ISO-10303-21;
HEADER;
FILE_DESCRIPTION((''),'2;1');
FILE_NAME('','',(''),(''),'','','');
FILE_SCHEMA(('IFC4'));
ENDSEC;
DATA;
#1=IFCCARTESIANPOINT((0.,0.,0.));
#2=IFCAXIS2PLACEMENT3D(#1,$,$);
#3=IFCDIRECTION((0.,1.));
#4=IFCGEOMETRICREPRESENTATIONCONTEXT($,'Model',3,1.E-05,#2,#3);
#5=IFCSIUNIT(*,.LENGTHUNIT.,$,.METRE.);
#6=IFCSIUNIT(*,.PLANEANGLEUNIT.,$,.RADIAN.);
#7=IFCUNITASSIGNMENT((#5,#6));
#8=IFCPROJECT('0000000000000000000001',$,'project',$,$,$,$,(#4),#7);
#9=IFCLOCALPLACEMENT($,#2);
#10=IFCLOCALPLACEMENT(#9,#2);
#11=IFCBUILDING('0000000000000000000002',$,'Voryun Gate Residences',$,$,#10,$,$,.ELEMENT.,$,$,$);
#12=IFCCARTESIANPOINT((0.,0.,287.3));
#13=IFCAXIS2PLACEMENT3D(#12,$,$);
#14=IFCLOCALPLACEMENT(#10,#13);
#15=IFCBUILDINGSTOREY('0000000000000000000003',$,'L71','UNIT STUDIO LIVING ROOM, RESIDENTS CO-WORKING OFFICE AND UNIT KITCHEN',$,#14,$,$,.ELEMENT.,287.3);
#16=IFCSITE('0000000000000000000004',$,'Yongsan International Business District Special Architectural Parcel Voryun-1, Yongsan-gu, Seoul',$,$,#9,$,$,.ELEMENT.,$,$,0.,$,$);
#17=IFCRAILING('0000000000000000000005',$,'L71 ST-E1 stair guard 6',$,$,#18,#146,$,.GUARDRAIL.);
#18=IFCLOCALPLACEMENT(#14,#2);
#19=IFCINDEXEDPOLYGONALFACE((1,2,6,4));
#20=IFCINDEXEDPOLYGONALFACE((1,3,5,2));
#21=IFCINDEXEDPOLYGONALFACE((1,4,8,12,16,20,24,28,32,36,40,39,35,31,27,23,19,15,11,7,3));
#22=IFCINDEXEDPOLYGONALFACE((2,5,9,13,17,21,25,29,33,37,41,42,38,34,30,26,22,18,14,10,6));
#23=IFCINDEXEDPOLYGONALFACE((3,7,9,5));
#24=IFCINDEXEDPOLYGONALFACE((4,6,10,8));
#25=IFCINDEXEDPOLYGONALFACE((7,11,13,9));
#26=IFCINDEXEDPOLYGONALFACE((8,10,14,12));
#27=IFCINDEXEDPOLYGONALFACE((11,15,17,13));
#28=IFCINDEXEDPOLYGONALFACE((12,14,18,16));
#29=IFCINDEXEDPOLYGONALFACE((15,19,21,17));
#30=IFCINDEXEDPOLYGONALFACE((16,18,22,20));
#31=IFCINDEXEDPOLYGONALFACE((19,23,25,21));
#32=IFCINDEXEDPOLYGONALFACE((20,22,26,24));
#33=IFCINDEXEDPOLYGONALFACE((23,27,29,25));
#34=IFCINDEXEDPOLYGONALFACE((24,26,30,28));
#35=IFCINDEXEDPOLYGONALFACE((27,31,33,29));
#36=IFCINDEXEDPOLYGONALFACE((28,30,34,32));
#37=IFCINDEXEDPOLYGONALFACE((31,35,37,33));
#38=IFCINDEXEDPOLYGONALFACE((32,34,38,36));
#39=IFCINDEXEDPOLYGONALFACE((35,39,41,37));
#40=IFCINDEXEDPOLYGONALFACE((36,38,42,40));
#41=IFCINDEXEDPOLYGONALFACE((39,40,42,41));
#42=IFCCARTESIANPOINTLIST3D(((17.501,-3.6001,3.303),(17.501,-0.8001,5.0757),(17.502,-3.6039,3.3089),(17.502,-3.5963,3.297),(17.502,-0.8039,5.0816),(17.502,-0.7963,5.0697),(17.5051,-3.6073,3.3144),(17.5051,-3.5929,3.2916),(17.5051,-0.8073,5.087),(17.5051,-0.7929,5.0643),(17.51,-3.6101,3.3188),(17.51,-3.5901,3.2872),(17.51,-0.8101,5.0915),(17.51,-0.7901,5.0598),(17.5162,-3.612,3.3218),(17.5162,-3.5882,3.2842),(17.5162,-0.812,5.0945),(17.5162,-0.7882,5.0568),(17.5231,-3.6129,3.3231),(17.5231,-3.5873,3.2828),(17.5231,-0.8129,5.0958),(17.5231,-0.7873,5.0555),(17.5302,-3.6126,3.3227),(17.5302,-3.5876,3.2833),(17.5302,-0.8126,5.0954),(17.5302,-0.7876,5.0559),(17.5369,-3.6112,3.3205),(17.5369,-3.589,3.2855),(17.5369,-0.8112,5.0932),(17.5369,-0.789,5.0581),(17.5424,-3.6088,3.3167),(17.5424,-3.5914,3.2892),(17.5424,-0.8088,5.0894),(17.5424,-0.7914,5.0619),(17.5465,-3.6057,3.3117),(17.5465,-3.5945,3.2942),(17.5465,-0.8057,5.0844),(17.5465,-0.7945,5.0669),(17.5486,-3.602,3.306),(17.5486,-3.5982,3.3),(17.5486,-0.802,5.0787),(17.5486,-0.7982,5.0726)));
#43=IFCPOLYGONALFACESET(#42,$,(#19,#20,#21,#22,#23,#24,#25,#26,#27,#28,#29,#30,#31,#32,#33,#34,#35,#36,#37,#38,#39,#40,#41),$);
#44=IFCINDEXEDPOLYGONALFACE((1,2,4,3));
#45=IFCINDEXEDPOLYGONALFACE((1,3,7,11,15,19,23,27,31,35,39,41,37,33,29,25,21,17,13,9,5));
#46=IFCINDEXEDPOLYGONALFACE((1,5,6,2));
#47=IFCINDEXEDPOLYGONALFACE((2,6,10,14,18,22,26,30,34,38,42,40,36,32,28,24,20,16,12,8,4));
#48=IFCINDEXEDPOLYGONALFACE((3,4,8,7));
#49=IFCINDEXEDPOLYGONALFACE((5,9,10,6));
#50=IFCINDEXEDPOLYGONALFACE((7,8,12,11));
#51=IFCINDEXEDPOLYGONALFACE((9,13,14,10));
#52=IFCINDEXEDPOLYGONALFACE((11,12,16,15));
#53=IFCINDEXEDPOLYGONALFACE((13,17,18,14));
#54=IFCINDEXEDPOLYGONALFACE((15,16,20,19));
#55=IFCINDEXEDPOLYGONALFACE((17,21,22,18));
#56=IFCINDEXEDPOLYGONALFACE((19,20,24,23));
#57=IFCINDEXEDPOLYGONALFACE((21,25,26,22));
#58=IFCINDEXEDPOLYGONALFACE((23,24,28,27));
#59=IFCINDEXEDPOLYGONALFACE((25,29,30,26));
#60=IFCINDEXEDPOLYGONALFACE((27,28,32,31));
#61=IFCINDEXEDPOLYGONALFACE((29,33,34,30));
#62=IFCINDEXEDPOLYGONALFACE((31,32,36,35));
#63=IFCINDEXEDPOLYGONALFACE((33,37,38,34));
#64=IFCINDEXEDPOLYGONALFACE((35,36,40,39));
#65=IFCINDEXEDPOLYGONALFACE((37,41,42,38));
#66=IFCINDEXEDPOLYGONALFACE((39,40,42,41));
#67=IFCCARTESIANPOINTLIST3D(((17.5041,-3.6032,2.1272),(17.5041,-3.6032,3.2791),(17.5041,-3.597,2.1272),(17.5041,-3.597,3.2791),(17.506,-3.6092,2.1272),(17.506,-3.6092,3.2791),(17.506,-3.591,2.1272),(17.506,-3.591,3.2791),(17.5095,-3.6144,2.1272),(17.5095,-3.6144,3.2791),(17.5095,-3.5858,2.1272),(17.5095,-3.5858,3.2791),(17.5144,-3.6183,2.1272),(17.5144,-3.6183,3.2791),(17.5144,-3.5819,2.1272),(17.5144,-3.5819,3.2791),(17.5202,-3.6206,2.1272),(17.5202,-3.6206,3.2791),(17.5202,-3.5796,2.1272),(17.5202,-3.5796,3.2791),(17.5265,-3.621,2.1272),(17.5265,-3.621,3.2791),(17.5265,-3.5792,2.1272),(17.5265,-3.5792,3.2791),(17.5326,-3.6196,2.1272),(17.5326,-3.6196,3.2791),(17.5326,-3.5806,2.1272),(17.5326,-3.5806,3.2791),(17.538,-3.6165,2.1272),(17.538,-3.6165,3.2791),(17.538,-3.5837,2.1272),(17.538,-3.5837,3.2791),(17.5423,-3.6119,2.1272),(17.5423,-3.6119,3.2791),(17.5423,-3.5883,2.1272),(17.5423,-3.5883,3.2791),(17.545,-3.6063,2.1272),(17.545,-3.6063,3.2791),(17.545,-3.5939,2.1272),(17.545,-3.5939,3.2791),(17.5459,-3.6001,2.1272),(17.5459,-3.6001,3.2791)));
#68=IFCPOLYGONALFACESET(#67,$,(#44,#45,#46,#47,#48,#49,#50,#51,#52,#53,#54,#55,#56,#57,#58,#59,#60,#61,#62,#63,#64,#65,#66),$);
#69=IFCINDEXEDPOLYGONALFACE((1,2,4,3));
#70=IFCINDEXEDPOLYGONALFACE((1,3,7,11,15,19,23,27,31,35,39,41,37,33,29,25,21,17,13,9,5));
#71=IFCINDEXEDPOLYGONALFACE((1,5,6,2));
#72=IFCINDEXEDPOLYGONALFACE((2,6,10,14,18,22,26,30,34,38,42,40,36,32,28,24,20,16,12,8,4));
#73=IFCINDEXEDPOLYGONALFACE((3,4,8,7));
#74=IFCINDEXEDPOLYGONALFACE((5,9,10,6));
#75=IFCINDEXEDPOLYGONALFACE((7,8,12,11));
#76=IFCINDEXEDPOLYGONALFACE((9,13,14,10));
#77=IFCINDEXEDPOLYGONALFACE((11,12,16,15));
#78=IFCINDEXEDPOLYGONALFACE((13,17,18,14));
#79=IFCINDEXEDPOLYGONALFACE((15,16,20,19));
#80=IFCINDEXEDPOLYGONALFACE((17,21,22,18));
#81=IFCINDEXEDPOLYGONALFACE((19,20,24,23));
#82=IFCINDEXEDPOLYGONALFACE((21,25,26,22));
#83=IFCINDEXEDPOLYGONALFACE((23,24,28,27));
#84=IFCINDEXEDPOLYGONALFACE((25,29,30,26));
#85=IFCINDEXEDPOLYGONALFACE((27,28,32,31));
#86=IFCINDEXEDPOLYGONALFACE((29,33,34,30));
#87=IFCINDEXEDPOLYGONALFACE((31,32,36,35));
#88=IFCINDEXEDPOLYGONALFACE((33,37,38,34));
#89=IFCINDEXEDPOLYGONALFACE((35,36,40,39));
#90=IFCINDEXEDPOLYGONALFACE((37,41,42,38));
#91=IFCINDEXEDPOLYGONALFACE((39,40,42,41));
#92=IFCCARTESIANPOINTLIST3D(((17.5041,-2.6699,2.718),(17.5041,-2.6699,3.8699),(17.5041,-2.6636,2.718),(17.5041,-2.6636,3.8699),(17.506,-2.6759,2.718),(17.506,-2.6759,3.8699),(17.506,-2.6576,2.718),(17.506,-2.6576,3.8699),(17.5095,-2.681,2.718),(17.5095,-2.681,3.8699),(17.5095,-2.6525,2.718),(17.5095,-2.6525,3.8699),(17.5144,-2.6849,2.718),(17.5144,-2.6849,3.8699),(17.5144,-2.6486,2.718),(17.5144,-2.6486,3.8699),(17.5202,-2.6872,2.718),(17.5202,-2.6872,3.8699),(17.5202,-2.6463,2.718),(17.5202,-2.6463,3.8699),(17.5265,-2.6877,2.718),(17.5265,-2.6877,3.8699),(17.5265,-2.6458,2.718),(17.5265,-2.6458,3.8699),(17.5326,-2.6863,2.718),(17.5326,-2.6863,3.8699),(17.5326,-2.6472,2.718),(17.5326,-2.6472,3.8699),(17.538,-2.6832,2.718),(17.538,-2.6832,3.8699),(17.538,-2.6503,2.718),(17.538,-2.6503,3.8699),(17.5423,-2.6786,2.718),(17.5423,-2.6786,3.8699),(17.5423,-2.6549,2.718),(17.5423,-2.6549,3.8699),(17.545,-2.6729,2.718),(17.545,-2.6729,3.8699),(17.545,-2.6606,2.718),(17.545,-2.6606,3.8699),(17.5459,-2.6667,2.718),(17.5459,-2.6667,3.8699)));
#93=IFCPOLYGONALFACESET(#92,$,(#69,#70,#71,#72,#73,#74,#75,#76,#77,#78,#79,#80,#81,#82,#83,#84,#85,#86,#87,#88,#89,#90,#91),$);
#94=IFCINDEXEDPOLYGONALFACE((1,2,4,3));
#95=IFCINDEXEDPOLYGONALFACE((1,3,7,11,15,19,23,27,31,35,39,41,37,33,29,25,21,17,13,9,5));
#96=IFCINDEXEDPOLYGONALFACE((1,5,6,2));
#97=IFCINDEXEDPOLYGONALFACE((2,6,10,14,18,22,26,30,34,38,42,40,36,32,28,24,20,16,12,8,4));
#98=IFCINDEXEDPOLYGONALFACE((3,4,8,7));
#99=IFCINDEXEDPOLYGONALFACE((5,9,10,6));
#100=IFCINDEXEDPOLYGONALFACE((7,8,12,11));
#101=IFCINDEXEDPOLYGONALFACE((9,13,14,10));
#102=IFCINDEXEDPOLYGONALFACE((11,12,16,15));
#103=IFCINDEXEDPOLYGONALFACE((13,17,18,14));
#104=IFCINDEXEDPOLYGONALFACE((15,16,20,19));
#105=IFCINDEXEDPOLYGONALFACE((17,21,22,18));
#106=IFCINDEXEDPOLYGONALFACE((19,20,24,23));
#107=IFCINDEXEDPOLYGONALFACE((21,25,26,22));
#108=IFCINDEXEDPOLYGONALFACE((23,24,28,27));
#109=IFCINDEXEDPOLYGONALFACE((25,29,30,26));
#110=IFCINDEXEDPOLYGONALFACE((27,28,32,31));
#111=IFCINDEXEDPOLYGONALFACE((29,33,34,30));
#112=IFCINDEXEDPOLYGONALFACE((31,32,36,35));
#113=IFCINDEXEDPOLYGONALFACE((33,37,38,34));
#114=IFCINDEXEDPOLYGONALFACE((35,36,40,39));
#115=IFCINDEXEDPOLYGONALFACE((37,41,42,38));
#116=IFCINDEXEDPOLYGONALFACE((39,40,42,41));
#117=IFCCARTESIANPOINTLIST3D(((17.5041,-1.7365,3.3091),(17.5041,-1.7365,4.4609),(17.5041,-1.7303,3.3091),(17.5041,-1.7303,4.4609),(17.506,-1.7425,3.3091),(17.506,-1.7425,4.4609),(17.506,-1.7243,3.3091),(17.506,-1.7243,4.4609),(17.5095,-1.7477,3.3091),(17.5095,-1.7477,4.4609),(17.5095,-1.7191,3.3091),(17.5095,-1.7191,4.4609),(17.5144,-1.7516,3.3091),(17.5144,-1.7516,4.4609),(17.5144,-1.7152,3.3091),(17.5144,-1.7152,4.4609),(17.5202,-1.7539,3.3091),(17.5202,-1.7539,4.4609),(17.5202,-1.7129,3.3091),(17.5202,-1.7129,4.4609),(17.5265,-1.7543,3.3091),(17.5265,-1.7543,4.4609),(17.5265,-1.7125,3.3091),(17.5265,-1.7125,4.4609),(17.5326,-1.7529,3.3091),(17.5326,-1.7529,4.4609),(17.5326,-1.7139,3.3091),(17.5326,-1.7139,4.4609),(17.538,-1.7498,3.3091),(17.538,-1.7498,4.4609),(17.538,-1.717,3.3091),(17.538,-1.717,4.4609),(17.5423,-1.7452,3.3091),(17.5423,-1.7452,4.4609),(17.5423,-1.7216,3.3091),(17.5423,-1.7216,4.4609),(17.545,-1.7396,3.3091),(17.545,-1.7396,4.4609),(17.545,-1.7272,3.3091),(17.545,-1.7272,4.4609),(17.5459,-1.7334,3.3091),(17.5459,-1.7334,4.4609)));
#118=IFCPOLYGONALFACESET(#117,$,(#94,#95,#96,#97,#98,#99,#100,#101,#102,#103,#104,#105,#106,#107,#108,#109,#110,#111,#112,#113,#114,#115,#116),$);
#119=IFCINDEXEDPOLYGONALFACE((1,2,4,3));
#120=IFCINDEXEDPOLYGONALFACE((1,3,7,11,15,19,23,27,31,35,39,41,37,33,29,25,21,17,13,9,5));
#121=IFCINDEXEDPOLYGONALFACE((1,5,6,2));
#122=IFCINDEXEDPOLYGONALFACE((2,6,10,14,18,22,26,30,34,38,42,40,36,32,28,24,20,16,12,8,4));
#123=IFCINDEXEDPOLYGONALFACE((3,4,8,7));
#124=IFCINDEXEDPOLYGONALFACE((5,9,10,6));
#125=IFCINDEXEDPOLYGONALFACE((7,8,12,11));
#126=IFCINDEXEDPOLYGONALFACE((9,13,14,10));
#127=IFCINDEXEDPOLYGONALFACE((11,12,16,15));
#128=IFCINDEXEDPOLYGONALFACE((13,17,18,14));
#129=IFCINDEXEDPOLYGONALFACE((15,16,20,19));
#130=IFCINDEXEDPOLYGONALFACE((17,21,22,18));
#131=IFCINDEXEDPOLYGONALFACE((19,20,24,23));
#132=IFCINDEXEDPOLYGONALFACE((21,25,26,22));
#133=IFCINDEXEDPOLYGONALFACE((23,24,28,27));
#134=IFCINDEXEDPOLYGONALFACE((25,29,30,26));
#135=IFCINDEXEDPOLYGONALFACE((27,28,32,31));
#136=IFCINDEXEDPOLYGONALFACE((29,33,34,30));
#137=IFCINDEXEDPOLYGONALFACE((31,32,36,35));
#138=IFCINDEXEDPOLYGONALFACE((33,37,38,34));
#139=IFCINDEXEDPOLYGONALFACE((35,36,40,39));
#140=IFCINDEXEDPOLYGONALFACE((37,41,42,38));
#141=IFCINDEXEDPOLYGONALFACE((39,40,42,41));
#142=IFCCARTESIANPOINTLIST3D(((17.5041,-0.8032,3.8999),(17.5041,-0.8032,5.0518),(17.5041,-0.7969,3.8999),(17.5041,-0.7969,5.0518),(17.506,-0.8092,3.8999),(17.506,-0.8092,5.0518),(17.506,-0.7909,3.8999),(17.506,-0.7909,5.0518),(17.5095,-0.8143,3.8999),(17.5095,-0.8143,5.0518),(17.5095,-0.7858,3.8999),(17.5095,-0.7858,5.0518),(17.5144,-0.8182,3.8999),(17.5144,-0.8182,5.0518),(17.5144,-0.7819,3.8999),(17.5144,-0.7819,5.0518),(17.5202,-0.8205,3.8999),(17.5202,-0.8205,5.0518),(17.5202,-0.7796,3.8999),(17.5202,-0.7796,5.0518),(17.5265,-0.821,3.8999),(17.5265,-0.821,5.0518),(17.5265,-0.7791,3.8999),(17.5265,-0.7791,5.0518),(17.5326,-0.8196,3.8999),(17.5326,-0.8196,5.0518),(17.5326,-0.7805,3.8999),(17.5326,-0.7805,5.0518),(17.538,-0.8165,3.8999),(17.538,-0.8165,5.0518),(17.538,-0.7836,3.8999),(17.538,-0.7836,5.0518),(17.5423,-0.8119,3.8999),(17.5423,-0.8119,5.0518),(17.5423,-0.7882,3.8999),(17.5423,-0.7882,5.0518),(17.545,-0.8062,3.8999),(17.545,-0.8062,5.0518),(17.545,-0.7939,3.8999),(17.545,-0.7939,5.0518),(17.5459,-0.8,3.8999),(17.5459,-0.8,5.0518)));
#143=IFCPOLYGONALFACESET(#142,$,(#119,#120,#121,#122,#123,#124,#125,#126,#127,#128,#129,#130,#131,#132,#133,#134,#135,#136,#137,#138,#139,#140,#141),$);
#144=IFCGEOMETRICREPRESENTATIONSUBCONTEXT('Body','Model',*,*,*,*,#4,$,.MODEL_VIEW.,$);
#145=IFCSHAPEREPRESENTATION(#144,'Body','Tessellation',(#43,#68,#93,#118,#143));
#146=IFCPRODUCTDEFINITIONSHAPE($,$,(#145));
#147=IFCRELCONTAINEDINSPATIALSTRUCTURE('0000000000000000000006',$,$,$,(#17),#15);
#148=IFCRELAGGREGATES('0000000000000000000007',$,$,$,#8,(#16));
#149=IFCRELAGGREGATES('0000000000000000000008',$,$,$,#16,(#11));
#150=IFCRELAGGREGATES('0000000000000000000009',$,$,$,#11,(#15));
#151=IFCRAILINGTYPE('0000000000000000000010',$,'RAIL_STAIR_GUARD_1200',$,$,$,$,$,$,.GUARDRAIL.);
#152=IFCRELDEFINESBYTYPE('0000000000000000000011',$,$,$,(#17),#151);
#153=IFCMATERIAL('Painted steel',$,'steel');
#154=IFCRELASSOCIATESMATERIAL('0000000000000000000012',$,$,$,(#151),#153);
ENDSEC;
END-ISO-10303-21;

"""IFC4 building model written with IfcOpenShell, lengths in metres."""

from ifc_helpers import new_model, si_unit, direction, frame, origin, origin_2d, place, context, subcontext, project, spatial, circle, extrude, material, type_object, element, save


model = new_model("IFC4")

# Units and contexts
model_context = context("Model", 3, precision=1e-05, world=origin(), true_north=direction((0.0, 1.0)))
body_context = subcontext(model_context, "Body", "Model", "MODEL_VIEW")
ifc_project = project(units=[si_unit("LENGTHUNIT", "METRE"), si_unit("PLANEANGLEUNIT", "RADIAN")], contexts=[model_context])

# Site, building, storey
site_placement = place(None, origin())
site = spatial("IfcSite", under=ifc_project, at=site_placement, Name="Yongsan International Business District Special Architectural Parcel Voryun-1, Yongsan-gu, Seoul", CompositionType="ELEMENT", RefElevation=0.0)
building_placement = place(site_placement, origin())
building = spatial("IfcBuilding", under=site, at=building_placement, Name="Voryun Gate Residences", CompositionType="ELEMENT")
storey_placement = place(building_placement, frame((0.0, 0.0, 287.3)))
storey = spatial("IfcBuildingStorey", under=building, at=storey_placement, Name="L71", Description="UNIT STUDIO LIVING ROOM, RESIDENTS CO-WORKING OFFICE AND UNIT KITCHEN", CompositionType="ELEMENT", Elevation=287.3)

# Railing
ifc_material_1 = material(Name="Painted steel", Category="steel")
railing_type_1 = type_object("IfcRailingType", Name="RAIL_STAIR_GUARD_1200", PredefinedType="GUARDRAIL", material=ifc_material_1)
railing_1_placement = place(storey_placement, frame((17.5249, -3.6001, 2.1272)))
element("IfcRailing", 1, at=railing_1_placement, inside=storey, type_object=railing_type_1, Name="L71 ST-E1 stair guard 6", PredefinedType="GUARDRAIL", context=body_context, shape_type="SweptSolid", body=[
    extrude(circle(Radius=0.0239, at=origin_2d()), frame((0.0, 0.0, 1.1758), z_axis=(0.0, 0.844909, 0.53491), x_axis=(-1.0, 0.0, 0.0)), (0.0, 0.0, 1.0), 3.314),
    extrude(circle(Radius=0.021, at=origin_2d()), origin(), (0.0, 0.0, 1.0), 1.1519),
    extrude(circle(Radius=0.021, at=origin_2d()), frame((0.0, 0.9333, 0.5908)), (0.0, 0.0, 1.0), 1.1519),
    extrude(circle(Radius=0.021, at=origin_2d()), frame((0.0, 1.8667, 1.1819)), (0.0, 0.0, 1.0), 1.1519),
    extrude(circle(Radius=0.021, at=origin_2d()), frame((0.0, 2.8, 1.7727)), (0.0, 0.0, 1.0), 1.1519),
])

save(model, "model.ifc")
